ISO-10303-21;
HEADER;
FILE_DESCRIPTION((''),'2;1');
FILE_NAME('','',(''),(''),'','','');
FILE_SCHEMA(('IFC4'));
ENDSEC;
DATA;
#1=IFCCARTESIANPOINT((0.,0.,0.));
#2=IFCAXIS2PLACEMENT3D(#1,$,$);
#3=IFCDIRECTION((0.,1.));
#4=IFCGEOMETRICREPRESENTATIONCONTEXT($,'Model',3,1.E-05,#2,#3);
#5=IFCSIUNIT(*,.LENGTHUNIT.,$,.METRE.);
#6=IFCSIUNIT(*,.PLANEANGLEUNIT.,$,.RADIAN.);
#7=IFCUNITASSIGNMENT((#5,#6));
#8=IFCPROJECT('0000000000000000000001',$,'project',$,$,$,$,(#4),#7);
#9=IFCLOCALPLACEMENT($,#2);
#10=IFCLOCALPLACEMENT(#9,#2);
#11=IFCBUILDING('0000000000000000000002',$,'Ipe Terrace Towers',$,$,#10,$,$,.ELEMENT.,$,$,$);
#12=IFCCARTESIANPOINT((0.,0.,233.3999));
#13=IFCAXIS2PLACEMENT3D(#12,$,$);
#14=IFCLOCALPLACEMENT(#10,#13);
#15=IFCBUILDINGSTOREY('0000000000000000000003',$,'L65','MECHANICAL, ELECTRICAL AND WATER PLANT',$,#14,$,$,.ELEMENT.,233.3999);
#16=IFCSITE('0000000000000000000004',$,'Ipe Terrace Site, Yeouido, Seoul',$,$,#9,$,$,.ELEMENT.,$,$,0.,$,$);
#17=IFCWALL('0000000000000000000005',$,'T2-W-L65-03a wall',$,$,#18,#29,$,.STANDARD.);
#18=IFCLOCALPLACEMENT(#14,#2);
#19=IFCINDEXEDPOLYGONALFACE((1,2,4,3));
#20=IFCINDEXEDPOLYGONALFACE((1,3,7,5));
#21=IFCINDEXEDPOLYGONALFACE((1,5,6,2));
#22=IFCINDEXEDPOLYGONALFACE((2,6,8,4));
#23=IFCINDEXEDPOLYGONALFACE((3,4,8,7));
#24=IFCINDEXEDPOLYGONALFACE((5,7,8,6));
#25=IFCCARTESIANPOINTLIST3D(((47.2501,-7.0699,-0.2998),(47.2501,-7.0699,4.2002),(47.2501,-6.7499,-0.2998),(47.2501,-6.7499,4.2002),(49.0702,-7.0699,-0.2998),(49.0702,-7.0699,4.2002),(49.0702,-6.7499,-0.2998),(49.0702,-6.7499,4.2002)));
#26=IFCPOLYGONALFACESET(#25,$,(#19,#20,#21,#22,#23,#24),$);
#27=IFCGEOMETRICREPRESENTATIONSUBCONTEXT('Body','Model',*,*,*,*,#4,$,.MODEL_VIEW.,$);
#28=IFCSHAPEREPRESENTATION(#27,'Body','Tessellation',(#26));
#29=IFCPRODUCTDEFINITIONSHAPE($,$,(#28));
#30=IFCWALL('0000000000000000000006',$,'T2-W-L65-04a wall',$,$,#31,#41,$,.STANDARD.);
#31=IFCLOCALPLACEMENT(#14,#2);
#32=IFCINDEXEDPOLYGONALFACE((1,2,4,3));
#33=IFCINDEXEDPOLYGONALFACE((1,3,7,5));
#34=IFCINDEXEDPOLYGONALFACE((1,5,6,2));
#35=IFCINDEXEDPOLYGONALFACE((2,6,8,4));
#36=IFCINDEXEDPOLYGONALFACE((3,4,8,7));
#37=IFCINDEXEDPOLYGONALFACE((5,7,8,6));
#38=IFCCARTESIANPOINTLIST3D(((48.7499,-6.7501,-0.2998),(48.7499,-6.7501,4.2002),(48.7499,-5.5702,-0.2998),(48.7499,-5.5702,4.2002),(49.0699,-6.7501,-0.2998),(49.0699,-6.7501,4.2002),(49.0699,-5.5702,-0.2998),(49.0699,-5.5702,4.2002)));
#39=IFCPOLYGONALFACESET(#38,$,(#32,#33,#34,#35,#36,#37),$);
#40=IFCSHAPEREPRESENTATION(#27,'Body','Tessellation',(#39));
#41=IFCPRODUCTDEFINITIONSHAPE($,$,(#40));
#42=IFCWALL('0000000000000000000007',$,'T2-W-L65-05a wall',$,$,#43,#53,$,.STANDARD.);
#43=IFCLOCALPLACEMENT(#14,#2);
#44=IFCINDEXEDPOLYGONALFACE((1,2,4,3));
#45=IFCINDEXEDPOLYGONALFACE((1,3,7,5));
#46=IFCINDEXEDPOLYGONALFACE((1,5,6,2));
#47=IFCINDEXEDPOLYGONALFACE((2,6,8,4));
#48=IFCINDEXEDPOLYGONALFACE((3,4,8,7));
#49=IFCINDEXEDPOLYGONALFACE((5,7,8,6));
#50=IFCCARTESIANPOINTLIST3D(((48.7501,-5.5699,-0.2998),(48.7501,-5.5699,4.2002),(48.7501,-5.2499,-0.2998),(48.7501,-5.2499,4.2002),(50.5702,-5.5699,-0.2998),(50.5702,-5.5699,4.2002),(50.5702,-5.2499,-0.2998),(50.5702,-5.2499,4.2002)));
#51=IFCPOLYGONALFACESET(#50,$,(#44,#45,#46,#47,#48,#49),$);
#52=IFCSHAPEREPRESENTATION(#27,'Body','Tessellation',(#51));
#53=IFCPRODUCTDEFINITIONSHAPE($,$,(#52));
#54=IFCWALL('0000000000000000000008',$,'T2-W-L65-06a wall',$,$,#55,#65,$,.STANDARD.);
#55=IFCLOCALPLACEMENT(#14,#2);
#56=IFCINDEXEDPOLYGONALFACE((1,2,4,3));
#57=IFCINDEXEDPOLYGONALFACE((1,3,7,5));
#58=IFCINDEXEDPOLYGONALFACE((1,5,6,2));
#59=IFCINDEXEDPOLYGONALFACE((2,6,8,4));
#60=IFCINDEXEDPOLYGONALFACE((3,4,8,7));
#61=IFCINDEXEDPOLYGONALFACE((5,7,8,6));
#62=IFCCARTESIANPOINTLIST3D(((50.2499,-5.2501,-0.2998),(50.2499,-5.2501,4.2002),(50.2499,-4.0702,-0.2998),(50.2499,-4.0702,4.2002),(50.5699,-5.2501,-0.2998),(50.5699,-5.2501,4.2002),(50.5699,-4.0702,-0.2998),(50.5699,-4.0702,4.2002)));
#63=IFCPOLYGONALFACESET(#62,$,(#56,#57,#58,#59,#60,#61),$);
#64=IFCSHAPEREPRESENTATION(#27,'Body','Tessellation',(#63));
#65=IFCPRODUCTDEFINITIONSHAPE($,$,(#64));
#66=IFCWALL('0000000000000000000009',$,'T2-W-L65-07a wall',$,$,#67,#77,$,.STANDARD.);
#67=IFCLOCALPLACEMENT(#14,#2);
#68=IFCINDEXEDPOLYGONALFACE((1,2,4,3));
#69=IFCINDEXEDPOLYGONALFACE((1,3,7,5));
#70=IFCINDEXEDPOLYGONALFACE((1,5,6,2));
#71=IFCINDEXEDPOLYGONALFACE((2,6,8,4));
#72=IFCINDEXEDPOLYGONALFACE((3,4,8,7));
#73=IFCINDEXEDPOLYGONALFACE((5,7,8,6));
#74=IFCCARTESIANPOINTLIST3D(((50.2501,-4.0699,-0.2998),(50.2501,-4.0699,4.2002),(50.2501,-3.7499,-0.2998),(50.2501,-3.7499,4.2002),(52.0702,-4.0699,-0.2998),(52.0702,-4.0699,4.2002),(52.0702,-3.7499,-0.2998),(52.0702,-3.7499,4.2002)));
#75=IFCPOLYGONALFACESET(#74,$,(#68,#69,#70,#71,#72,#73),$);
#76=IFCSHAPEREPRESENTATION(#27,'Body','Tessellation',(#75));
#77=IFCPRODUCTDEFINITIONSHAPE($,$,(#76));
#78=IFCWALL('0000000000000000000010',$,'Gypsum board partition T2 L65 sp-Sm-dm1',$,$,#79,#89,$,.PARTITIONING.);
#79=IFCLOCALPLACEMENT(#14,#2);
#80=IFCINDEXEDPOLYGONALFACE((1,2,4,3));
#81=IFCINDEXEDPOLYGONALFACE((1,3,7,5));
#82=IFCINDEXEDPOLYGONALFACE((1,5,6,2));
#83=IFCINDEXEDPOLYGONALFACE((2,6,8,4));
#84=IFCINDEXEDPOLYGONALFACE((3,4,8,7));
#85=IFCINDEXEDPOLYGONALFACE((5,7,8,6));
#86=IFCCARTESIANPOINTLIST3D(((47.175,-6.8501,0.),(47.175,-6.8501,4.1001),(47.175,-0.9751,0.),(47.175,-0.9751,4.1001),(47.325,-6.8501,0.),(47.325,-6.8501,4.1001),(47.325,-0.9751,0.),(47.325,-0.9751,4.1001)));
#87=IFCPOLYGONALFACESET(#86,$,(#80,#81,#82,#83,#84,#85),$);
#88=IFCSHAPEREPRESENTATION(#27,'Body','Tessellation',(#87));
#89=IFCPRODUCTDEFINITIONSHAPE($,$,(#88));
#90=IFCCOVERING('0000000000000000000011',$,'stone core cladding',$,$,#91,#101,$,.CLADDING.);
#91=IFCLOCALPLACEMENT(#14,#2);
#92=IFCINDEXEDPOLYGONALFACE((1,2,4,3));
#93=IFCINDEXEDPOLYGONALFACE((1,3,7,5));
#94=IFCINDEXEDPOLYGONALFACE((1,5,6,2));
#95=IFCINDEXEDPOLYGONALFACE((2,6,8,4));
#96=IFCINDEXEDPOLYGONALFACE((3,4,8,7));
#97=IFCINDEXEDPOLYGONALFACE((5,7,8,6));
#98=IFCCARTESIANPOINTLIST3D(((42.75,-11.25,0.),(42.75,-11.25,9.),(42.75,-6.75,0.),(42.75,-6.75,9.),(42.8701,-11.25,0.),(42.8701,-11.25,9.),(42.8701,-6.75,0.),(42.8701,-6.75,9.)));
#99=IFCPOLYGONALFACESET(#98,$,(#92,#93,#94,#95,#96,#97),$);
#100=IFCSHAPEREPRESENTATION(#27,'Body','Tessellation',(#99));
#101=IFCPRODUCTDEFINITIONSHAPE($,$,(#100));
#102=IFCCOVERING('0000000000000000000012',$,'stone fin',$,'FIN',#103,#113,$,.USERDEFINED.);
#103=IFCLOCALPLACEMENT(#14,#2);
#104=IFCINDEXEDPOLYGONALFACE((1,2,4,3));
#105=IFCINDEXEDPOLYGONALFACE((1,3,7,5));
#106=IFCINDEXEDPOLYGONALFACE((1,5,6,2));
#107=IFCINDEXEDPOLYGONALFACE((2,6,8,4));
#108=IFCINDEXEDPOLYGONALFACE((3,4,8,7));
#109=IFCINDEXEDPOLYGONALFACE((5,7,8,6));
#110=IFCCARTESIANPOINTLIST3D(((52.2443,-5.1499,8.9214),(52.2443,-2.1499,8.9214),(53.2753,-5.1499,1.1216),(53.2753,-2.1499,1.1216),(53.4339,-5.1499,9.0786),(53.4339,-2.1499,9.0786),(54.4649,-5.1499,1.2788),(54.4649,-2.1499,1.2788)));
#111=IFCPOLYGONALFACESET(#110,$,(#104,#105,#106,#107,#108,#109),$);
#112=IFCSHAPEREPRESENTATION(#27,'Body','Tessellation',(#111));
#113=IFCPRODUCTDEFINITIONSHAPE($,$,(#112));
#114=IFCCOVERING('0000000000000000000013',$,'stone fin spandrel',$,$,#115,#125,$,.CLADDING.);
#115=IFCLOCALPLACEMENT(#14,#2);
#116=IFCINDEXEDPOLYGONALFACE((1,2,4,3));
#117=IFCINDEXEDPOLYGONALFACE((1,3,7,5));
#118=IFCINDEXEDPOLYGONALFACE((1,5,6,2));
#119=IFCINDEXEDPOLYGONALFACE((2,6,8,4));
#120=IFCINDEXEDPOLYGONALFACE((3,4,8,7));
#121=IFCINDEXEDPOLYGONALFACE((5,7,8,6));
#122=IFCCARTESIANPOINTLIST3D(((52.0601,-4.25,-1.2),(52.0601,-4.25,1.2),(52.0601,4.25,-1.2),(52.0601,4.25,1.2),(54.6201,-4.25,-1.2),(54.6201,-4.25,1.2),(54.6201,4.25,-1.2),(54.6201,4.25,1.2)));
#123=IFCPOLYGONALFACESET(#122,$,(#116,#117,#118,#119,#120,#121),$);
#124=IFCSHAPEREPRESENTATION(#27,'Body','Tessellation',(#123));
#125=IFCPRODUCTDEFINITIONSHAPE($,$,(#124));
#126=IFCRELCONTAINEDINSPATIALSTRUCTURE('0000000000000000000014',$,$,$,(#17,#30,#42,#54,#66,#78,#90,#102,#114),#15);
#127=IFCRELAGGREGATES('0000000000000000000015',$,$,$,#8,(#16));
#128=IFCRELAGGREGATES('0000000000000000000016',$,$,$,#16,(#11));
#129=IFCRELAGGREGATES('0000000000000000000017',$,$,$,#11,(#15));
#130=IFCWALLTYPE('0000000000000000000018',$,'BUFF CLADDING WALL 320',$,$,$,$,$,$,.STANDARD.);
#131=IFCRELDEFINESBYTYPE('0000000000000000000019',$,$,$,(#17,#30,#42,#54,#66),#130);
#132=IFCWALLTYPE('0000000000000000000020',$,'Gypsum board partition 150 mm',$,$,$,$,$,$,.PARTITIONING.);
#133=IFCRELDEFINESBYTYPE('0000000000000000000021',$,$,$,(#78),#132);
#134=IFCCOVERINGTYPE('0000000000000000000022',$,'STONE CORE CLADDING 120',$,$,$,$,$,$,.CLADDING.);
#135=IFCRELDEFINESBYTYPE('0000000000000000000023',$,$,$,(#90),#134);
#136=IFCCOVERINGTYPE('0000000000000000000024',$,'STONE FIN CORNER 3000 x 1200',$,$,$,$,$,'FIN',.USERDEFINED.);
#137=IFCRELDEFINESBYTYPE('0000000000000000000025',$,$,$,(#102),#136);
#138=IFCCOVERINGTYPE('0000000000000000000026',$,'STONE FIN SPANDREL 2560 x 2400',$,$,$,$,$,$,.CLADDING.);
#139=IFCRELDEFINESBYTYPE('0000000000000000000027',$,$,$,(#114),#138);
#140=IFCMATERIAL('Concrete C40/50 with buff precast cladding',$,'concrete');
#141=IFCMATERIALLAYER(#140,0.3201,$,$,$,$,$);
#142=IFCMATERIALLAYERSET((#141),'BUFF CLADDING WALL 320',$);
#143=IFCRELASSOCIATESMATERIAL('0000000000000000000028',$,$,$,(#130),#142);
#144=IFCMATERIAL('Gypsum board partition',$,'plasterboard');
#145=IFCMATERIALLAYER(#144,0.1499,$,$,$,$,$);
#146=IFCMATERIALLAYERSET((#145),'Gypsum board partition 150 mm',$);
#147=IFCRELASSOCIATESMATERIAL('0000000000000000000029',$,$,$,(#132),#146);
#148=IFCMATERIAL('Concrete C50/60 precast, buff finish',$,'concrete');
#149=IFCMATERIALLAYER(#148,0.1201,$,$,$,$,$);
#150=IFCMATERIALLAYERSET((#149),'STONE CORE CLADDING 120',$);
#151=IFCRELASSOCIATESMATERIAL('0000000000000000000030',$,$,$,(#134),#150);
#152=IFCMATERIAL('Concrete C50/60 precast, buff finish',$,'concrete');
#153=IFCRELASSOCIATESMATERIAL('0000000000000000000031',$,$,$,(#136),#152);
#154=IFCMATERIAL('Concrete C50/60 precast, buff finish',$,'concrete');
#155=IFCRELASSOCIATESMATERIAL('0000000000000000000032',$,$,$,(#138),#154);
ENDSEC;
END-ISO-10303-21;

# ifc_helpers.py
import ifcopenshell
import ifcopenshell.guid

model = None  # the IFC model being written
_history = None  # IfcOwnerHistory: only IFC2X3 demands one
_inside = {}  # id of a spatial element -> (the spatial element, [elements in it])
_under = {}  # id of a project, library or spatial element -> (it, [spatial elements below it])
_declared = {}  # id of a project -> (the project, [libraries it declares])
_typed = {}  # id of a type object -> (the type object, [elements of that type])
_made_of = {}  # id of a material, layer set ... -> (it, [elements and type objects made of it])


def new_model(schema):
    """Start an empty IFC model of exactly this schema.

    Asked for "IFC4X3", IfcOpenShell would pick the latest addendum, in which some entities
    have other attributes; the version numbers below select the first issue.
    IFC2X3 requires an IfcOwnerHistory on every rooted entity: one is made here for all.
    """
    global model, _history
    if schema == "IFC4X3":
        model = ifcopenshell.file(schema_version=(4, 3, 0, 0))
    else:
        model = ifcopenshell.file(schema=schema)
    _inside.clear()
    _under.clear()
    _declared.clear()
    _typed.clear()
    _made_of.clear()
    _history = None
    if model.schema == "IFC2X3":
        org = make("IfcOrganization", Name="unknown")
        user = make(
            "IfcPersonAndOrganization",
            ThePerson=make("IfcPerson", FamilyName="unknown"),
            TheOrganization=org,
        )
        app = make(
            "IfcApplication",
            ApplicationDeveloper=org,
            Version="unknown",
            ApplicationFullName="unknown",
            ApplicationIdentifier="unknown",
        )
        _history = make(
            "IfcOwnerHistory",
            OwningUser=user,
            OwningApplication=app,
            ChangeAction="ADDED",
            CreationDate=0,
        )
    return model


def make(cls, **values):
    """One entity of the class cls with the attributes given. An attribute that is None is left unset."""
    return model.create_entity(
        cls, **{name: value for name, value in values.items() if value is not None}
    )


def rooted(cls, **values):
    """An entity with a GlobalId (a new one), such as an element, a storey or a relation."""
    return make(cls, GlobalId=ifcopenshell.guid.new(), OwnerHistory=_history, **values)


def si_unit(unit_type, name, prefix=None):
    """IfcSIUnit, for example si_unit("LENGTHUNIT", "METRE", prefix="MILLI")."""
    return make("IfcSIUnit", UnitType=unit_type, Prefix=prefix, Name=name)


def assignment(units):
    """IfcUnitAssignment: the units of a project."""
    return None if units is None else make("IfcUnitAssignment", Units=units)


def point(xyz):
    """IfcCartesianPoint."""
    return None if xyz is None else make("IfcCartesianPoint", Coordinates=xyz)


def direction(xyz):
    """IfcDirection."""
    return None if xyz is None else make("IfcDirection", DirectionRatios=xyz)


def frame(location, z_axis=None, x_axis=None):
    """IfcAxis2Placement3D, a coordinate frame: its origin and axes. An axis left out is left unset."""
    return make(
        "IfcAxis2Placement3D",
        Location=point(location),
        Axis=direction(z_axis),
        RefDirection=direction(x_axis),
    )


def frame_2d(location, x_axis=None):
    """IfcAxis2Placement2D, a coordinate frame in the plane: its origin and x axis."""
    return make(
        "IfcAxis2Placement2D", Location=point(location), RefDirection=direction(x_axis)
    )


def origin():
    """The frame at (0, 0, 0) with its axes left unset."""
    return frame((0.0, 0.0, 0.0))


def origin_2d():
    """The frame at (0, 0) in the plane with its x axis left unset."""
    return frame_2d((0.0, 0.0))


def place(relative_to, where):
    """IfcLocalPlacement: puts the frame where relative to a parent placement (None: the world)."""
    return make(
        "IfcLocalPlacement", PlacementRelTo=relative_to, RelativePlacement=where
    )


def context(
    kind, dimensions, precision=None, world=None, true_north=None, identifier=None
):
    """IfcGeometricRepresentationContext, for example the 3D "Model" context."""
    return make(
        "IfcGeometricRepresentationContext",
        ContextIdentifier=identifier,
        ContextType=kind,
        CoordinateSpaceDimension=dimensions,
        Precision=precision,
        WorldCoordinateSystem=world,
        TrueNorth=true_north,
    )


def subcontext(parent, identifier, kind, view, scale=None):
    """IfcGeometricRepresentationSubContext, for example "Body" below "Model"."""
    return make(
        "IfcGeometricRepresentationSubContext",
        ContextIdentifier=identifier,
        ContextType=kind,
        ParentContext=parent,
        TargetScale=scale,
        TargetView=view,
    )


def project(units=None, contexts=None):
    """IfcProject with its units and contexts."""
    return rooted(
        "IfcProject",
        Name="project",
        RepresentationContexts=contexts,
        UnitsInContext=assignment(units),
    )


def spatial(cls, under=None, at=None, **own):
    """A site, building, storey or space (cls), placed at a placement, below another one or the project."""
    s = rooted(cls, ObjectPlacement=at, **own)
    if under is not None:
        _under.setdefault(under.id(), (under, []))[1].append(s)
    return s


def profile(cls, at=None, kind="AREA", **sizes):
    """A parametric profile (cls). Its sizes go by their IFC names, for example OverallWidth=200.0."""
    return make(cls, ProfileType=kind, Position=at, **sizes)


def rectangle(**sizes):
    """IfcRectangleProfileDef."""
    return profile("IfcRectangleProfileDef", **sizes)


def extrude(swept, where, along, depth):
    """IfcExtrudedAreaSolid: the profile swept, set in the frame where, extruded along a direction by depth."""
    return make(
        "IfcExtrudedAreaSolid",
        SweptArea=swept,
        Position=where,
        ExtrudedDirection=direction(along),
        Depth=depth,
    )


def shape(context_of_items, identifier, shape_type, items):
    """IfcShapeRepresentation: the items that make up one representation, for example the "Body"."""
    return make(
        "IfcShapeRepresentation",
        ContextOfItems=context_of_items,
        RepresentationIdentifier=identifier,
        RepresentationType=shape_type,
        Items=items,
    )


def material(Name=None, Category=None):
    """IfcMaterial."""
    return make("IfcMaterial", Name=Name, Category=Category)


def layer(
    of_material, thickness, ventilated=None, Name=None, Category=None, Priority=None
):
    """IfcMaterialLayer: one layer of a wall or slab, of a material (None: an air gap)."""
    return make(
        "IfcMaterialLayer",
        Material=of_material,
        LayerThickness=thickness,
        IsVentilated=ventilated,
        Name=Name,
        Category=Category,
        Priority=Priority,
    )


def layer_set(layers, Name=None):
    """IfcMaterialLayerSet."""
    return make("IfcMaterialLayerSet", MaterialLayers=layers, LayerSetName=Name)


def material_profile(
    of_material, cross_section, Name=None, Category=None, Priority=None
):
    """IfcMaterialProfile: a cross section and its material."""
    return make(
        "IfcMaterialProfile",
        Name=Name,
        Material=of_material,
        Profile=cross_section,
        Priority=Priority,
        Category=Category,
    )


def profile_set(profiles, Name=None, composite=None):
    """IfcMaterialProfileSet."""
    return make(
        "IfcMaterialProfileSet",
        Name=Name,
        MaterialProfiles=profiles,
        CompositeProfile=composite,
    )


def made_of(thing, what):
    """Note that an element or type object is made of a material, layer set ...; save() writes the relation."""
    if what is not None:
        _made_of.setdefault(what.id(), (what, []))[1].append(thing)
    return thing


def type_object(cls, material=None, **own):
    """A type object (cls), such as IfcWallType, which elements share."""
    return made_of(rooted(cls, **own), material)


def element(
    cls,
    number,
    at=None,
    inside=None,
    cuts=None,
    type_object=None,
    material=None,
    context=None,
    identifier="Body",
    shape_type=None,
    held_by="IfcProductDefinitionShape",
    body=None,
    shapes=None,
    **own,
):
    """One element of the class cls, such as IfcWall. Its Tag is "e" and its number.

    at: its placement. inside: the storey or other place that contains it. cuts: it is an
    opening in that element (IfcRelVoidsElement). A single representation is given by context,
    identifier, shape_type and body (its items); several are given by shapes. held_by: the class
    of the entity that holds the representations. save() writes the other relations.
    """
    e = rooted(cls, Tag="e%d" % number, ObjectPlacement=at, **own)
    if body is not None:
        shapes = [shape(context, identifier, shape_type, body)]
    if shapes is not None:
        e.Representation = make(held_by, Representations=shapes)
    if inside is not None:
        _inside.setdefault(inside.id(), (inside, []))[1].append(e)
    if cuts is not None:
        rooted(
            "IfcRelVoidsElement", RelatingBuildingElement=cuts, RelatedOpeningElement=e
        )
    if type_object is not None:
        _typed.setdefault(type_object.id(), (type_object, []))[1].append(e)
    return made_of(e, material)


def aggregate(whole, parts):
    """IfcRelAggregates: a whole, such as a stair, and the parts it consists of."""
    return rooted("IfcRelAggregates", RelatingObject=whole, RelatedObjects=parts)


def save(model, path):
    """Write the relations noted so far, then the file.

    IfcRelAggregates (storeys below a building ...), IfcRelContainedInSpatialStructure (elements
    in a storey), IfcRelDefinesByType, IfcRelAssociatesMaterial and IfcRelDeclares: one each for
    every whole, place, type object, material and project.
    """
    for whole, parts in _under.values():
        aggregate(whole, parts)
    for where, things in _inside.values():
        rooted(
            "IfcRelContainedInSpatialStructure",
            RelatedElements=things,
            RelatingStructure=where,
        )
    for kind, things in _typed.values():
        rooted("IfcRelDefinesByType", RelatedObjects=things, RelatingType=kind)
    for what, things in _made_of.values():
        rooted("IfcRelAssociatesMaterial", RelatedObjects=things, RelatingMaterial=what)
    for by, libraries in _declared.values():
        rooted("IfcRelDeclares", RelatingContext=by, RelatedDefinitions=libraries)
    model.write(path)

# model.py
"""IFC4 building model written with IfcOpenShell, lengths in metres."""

from ifc_helpers import new_model, si_unit, direction, frame, frame_2d, origin, origin_2d, place, context, subcontext, project, spatial, rectangle, extrude, material, layer, layer_set, material_profile, profile_set, type_object, element, save


model = new_model("IFC4")

# Units and contexts
model_context = context("Model", 3, precision=1e-05, world=origin(), true_north=direction((0.0, 1.0)))
body_context = subcontext(model_context, "Body", "Model", "MODEL_VIEW")
ifc_project = project(units=[si_unit("LENGTHUNIT", "METRE"), si_unit("PLANEANGLEUNIT", "RADIAN")], contexts=[model_context])

# Site, building, storey
site_placement = place(None, origin())
site = spatial("IfcSite", under=ifc_project, at=site_placement, Name="Ipe Terrace Site, Yeouido, Seoul", CompositionType="ELEMENT", RefElevation=0.0)
building_placement = place(site_placement, origin())
building = spatial("IfcBuilding", under=site, at=building_placement, Name="Ipe Terrace Towers", CompositionType="ELEMENT")
storey_placement = place(building_placement, frame((0.0, 0.0, 233.3999)))
storey = spatial("IfcBuildingStorey", under=building, at=storey_placement, Name="L65", Description="MECHANICAL, ELECTRICAL AND WATER PLANT", CompositionType="ELEMENT", Elevation=233.3999)

# Walls
ifc_material_1 = material(Name="Concrete C40/50 with buff precast cladding", Category="concrete")
ifc_layer_1 = layer(ifc_material_1, 0.3201)
ifc_layer_set_1 = layer_set([ifc_layer_1], Name="BUFF CLADDING WALL 320")
wall_type_1 = type_object("IfcWallType", Name="BUFF CLADDING WALL 320", PredefinedType="STANDARD", material=ifc_layer_set_1)
wall_1_placement = place(storey_placement, frame((47.25, -6.9099, -0.2998), z_axis=(0.0, 0.0, 1.0), x_axis=(1.0, 0.0, 0.0)))
element("IfcWall", 1, at=wall_1_placement, inside=storey, type_object=wall_type_1, Name="T2-W-L65-03a wall", PredefinedType="STANDARD", context=body_context, shape_type="SweptSolid", body=[
    extrude(rectangle(XDim=1.8201, YDim=0.3201, at=frame_2d((0.9102, 0.0))), origin(), (0.0, 0.0, 1.0), 4.5),
])
wall_2_placement = place(storey_placement, frame((48.9099, -6.75, -0.2998), z_axis=(0.0, 0.0, 1.0), x_axis=(0.0, 1.0, 0.0)))
element("IfcWall", 2, at=wall_2_placement, inside=storey, type_object=wall_type_1, Name="T2-W-L65-04a wall", PredefinedType="STANDARD", context=body_context, shape_type="SweptSolid", body=[
    extrude(rectangle(XDim=1.1799, YDim=0.3201, at=frame_2d((0.5898, 0.0))), origin(), (0.0, 0.0, 1.0), 4.5),
])
wall_3_placement = place(storey_placement, frame((48.75, -5.4099, -0.2998), z_axis=(0.0, 0.0, 1.0), x_axis=(1.0, 0.0, 0.0)))
element("IfcWall", 3, at=wall_3_placement, inside=storey, type_object=wall_type_1, Name="T2-W-L65-05a wall", PredefinedType="STANDARD", context=body_context, shape_type="SweptSolid", body=[
    extrude(rectangle(XDim=1.8201, YDim=0.3201, at=frame_2d((0.9102, 0.0))), origin(), (0.0, 0.0, 1.0), 4.5),
])
wall_4_placement = place(storey_placement, frame((50.4099, -5.25, -0.2998), z_axis=(0.0, 0.0, 1.0), x_axis=(0.0, 1.0, 0.0)))
element("IfcWall", 4, at=wall_4_placement, inside=storey, type_object=wall_type_1, Name="T2-W-L65-06a wall", PredefinedType="STANDARD", context=body_context, shape_type="SweptSolid", body=[
    extrude(rectangle(XDim=1.1799, YDim=0.3201, at=frame_2d((0.5898, 0.0))), origin(), (0.0, 0.0, 1.0), 4.5),
])
wall_5_placement = place(storey_placement, frame((50.25, -3.9099, -0.2998), z_axis=(0.0, 0.0, 1.0), x_axis=(1.0, 0.0, 0.0)))
element("IfcWall", 5, at=wall_5_placement, inside=storey, type_object=wall_type_1, Name="T2-W-L65-07a wall", PredefinedType="STANDARD", context=body_context, shape_type="SweptSolid", body=[
    extrude(rectangle(XDim=1.8201, YDim=0.3201, at=frame_2d((0.9102, 0.0))), origin(), (0.0, 0.0, 1.0), 4.5),
])
ifc_material_2 = material(Name="Gypsum board partition", Category="plasterboard")
ifc_layer_2 = layer(ifc_material_2, 0.1499)
ifc_layer_set_2 = layer_set([ifc_layer_2], Name="Gypsum board partition 150 mm")
wall_type_2 = type_object("IfcWallType", Name="Gypsum board partition 150 mm", PredefinedType="PARTITIONING", material=ifc_layer_set_2)
wall_6_placement = place(storey_placement, frame((47.25, -0.9751, 0.0), z_axis=(0.0, 0.0, 1.0), x_axis=(0.0, -1.0, 0.0)))
element("IfcWall", 6, at=wall_6_placement, inside=storey, type_object=wall_type_2, Name="Gypsum board partition T2 L65 sp-Sm-dm1", PredefinedType="PARTITIONING", context=body_context, shape_type="SweptSolid", body=[
    extrude(rectangle(XDim=5.875, YDim=0.1499, at=frame_2d((2.9375, 0.0))), origin(), (0.0, 0.0, 1.0), 4.1001),
])

# Coverings
ifc_material_3 = material(Name="Concrete C50/60 precast, buff finish", Category="concrete")
ifc_layer_3 = layer(ifc_material_3, 0.1201)
ifc_layer_set_3 = layer_set([ifc_layer_3], Name="STONE CORE CLADDING 120")
covering_type_1 = type_object("IfcCoveringType", Name="STONE CORE CLADDING 120", PredefinedType="CLADDING", material=ifc_layer_set_3)
covering_1_placement = place(storey_placement, frame((42.8101, -9.0, 0.0), z_axis=(0.0, 0.0, 1.0), x_axis=(0.0, 1.0, 0.0)))
element("IfcCovering", 7, at=covering_1_placement, inside=storey, type_object=covering_type_1, Name="stone core cladding", PredefinedType="CLADDING", context=body_context, shape_type="SweptSolid", body=[
    extrude(rectangle(XDim=4.5, YDim=0.1201, at=origin_2d()), origin(), (0.0, 0.0, 1.0), 9.0),
])
ifc_material_4 = material(Name="Concrete C50/60 precast, buff finish", Category="concrete")
ifc_material_profile_1 = material_profile(ifc_material_4, rectangle(XDim=3.0, YDim=1.2, at=origin_2d()), Name="STONE FIN CORNER 3000 x 1200")
ifc_profile_set_1 = profile_set([ifc_material_profile_1], Name="Concrete C50/60 precast, buff finish")
covering_type_2 = type_object("IfcCoveringType", Name="STONE FIN CORNER 3000 x 1200", ElementType="FIN", PredefinedType="USERDEFINED", material=ifc_profile_set_1)
covering_2_placement = place(storey_placement, frame((53.8701, -3.6499, 1.2002), z_axis=(-0.131044, 0.0, 0.991377), x_axis=(0.0, 1.0, 0.0)))
element("IfcCovering", 8, at=covering_2_placement, inside=storey, type_object=covering_type_2, Name="stone fin", ObjectType="FIN", PredefinedType="USERDEFINED", context=body_context, shape_type="SweptSolid", body=[
    extrude(rectangle(XDim=3.0, YDim=1.2, at=origin_2d()), origin(), (0.0, 0.0, 1.0), 7.8677),
])
ifc_material_5 = material(Name="Concrete C50/60 precast, buff finish", Category="concrete")
ifc_material_profile_2 = material_profile(ifc_material_5, rectangle(XDim=2.5601, YDim=2.3999, at=origin_2d()), Name="STONE FIN SPANDREL 2560 x 2400")
ifc_profile_set_2 = profile_set([ifc_material_profile_2], Name="Concrete C50/60 precast, buff finish")
covering_type_3 = type_object("IfcCoveringType", Name="STONE FIN SPANDREL 2560 x 2400", PredefinedType="CLADDING", material=ifc_profile_set_2)
covering_3_placement = place(storey_placement, frame((53.3401, -4.25, 0.0), z_axis=(0.0, 1.0, 0.0), x_axis=(1.0, 0.0, 0.0)))
element("IfcCovering", 9, at=covering_3_placement, inside=storey, type_object=covering_type_3, Name="stone fin spandrel", PredefinedType="CLADDING", context=body_context, shape_type="SweptSolid", body=[
    extrude(rectangle(XDim=2.5601, YDim=2.3999, at=origin_2d()), origin(), (0.0, 0.0, 1.0), 8.5),
])

save(model, "model.ifc")
